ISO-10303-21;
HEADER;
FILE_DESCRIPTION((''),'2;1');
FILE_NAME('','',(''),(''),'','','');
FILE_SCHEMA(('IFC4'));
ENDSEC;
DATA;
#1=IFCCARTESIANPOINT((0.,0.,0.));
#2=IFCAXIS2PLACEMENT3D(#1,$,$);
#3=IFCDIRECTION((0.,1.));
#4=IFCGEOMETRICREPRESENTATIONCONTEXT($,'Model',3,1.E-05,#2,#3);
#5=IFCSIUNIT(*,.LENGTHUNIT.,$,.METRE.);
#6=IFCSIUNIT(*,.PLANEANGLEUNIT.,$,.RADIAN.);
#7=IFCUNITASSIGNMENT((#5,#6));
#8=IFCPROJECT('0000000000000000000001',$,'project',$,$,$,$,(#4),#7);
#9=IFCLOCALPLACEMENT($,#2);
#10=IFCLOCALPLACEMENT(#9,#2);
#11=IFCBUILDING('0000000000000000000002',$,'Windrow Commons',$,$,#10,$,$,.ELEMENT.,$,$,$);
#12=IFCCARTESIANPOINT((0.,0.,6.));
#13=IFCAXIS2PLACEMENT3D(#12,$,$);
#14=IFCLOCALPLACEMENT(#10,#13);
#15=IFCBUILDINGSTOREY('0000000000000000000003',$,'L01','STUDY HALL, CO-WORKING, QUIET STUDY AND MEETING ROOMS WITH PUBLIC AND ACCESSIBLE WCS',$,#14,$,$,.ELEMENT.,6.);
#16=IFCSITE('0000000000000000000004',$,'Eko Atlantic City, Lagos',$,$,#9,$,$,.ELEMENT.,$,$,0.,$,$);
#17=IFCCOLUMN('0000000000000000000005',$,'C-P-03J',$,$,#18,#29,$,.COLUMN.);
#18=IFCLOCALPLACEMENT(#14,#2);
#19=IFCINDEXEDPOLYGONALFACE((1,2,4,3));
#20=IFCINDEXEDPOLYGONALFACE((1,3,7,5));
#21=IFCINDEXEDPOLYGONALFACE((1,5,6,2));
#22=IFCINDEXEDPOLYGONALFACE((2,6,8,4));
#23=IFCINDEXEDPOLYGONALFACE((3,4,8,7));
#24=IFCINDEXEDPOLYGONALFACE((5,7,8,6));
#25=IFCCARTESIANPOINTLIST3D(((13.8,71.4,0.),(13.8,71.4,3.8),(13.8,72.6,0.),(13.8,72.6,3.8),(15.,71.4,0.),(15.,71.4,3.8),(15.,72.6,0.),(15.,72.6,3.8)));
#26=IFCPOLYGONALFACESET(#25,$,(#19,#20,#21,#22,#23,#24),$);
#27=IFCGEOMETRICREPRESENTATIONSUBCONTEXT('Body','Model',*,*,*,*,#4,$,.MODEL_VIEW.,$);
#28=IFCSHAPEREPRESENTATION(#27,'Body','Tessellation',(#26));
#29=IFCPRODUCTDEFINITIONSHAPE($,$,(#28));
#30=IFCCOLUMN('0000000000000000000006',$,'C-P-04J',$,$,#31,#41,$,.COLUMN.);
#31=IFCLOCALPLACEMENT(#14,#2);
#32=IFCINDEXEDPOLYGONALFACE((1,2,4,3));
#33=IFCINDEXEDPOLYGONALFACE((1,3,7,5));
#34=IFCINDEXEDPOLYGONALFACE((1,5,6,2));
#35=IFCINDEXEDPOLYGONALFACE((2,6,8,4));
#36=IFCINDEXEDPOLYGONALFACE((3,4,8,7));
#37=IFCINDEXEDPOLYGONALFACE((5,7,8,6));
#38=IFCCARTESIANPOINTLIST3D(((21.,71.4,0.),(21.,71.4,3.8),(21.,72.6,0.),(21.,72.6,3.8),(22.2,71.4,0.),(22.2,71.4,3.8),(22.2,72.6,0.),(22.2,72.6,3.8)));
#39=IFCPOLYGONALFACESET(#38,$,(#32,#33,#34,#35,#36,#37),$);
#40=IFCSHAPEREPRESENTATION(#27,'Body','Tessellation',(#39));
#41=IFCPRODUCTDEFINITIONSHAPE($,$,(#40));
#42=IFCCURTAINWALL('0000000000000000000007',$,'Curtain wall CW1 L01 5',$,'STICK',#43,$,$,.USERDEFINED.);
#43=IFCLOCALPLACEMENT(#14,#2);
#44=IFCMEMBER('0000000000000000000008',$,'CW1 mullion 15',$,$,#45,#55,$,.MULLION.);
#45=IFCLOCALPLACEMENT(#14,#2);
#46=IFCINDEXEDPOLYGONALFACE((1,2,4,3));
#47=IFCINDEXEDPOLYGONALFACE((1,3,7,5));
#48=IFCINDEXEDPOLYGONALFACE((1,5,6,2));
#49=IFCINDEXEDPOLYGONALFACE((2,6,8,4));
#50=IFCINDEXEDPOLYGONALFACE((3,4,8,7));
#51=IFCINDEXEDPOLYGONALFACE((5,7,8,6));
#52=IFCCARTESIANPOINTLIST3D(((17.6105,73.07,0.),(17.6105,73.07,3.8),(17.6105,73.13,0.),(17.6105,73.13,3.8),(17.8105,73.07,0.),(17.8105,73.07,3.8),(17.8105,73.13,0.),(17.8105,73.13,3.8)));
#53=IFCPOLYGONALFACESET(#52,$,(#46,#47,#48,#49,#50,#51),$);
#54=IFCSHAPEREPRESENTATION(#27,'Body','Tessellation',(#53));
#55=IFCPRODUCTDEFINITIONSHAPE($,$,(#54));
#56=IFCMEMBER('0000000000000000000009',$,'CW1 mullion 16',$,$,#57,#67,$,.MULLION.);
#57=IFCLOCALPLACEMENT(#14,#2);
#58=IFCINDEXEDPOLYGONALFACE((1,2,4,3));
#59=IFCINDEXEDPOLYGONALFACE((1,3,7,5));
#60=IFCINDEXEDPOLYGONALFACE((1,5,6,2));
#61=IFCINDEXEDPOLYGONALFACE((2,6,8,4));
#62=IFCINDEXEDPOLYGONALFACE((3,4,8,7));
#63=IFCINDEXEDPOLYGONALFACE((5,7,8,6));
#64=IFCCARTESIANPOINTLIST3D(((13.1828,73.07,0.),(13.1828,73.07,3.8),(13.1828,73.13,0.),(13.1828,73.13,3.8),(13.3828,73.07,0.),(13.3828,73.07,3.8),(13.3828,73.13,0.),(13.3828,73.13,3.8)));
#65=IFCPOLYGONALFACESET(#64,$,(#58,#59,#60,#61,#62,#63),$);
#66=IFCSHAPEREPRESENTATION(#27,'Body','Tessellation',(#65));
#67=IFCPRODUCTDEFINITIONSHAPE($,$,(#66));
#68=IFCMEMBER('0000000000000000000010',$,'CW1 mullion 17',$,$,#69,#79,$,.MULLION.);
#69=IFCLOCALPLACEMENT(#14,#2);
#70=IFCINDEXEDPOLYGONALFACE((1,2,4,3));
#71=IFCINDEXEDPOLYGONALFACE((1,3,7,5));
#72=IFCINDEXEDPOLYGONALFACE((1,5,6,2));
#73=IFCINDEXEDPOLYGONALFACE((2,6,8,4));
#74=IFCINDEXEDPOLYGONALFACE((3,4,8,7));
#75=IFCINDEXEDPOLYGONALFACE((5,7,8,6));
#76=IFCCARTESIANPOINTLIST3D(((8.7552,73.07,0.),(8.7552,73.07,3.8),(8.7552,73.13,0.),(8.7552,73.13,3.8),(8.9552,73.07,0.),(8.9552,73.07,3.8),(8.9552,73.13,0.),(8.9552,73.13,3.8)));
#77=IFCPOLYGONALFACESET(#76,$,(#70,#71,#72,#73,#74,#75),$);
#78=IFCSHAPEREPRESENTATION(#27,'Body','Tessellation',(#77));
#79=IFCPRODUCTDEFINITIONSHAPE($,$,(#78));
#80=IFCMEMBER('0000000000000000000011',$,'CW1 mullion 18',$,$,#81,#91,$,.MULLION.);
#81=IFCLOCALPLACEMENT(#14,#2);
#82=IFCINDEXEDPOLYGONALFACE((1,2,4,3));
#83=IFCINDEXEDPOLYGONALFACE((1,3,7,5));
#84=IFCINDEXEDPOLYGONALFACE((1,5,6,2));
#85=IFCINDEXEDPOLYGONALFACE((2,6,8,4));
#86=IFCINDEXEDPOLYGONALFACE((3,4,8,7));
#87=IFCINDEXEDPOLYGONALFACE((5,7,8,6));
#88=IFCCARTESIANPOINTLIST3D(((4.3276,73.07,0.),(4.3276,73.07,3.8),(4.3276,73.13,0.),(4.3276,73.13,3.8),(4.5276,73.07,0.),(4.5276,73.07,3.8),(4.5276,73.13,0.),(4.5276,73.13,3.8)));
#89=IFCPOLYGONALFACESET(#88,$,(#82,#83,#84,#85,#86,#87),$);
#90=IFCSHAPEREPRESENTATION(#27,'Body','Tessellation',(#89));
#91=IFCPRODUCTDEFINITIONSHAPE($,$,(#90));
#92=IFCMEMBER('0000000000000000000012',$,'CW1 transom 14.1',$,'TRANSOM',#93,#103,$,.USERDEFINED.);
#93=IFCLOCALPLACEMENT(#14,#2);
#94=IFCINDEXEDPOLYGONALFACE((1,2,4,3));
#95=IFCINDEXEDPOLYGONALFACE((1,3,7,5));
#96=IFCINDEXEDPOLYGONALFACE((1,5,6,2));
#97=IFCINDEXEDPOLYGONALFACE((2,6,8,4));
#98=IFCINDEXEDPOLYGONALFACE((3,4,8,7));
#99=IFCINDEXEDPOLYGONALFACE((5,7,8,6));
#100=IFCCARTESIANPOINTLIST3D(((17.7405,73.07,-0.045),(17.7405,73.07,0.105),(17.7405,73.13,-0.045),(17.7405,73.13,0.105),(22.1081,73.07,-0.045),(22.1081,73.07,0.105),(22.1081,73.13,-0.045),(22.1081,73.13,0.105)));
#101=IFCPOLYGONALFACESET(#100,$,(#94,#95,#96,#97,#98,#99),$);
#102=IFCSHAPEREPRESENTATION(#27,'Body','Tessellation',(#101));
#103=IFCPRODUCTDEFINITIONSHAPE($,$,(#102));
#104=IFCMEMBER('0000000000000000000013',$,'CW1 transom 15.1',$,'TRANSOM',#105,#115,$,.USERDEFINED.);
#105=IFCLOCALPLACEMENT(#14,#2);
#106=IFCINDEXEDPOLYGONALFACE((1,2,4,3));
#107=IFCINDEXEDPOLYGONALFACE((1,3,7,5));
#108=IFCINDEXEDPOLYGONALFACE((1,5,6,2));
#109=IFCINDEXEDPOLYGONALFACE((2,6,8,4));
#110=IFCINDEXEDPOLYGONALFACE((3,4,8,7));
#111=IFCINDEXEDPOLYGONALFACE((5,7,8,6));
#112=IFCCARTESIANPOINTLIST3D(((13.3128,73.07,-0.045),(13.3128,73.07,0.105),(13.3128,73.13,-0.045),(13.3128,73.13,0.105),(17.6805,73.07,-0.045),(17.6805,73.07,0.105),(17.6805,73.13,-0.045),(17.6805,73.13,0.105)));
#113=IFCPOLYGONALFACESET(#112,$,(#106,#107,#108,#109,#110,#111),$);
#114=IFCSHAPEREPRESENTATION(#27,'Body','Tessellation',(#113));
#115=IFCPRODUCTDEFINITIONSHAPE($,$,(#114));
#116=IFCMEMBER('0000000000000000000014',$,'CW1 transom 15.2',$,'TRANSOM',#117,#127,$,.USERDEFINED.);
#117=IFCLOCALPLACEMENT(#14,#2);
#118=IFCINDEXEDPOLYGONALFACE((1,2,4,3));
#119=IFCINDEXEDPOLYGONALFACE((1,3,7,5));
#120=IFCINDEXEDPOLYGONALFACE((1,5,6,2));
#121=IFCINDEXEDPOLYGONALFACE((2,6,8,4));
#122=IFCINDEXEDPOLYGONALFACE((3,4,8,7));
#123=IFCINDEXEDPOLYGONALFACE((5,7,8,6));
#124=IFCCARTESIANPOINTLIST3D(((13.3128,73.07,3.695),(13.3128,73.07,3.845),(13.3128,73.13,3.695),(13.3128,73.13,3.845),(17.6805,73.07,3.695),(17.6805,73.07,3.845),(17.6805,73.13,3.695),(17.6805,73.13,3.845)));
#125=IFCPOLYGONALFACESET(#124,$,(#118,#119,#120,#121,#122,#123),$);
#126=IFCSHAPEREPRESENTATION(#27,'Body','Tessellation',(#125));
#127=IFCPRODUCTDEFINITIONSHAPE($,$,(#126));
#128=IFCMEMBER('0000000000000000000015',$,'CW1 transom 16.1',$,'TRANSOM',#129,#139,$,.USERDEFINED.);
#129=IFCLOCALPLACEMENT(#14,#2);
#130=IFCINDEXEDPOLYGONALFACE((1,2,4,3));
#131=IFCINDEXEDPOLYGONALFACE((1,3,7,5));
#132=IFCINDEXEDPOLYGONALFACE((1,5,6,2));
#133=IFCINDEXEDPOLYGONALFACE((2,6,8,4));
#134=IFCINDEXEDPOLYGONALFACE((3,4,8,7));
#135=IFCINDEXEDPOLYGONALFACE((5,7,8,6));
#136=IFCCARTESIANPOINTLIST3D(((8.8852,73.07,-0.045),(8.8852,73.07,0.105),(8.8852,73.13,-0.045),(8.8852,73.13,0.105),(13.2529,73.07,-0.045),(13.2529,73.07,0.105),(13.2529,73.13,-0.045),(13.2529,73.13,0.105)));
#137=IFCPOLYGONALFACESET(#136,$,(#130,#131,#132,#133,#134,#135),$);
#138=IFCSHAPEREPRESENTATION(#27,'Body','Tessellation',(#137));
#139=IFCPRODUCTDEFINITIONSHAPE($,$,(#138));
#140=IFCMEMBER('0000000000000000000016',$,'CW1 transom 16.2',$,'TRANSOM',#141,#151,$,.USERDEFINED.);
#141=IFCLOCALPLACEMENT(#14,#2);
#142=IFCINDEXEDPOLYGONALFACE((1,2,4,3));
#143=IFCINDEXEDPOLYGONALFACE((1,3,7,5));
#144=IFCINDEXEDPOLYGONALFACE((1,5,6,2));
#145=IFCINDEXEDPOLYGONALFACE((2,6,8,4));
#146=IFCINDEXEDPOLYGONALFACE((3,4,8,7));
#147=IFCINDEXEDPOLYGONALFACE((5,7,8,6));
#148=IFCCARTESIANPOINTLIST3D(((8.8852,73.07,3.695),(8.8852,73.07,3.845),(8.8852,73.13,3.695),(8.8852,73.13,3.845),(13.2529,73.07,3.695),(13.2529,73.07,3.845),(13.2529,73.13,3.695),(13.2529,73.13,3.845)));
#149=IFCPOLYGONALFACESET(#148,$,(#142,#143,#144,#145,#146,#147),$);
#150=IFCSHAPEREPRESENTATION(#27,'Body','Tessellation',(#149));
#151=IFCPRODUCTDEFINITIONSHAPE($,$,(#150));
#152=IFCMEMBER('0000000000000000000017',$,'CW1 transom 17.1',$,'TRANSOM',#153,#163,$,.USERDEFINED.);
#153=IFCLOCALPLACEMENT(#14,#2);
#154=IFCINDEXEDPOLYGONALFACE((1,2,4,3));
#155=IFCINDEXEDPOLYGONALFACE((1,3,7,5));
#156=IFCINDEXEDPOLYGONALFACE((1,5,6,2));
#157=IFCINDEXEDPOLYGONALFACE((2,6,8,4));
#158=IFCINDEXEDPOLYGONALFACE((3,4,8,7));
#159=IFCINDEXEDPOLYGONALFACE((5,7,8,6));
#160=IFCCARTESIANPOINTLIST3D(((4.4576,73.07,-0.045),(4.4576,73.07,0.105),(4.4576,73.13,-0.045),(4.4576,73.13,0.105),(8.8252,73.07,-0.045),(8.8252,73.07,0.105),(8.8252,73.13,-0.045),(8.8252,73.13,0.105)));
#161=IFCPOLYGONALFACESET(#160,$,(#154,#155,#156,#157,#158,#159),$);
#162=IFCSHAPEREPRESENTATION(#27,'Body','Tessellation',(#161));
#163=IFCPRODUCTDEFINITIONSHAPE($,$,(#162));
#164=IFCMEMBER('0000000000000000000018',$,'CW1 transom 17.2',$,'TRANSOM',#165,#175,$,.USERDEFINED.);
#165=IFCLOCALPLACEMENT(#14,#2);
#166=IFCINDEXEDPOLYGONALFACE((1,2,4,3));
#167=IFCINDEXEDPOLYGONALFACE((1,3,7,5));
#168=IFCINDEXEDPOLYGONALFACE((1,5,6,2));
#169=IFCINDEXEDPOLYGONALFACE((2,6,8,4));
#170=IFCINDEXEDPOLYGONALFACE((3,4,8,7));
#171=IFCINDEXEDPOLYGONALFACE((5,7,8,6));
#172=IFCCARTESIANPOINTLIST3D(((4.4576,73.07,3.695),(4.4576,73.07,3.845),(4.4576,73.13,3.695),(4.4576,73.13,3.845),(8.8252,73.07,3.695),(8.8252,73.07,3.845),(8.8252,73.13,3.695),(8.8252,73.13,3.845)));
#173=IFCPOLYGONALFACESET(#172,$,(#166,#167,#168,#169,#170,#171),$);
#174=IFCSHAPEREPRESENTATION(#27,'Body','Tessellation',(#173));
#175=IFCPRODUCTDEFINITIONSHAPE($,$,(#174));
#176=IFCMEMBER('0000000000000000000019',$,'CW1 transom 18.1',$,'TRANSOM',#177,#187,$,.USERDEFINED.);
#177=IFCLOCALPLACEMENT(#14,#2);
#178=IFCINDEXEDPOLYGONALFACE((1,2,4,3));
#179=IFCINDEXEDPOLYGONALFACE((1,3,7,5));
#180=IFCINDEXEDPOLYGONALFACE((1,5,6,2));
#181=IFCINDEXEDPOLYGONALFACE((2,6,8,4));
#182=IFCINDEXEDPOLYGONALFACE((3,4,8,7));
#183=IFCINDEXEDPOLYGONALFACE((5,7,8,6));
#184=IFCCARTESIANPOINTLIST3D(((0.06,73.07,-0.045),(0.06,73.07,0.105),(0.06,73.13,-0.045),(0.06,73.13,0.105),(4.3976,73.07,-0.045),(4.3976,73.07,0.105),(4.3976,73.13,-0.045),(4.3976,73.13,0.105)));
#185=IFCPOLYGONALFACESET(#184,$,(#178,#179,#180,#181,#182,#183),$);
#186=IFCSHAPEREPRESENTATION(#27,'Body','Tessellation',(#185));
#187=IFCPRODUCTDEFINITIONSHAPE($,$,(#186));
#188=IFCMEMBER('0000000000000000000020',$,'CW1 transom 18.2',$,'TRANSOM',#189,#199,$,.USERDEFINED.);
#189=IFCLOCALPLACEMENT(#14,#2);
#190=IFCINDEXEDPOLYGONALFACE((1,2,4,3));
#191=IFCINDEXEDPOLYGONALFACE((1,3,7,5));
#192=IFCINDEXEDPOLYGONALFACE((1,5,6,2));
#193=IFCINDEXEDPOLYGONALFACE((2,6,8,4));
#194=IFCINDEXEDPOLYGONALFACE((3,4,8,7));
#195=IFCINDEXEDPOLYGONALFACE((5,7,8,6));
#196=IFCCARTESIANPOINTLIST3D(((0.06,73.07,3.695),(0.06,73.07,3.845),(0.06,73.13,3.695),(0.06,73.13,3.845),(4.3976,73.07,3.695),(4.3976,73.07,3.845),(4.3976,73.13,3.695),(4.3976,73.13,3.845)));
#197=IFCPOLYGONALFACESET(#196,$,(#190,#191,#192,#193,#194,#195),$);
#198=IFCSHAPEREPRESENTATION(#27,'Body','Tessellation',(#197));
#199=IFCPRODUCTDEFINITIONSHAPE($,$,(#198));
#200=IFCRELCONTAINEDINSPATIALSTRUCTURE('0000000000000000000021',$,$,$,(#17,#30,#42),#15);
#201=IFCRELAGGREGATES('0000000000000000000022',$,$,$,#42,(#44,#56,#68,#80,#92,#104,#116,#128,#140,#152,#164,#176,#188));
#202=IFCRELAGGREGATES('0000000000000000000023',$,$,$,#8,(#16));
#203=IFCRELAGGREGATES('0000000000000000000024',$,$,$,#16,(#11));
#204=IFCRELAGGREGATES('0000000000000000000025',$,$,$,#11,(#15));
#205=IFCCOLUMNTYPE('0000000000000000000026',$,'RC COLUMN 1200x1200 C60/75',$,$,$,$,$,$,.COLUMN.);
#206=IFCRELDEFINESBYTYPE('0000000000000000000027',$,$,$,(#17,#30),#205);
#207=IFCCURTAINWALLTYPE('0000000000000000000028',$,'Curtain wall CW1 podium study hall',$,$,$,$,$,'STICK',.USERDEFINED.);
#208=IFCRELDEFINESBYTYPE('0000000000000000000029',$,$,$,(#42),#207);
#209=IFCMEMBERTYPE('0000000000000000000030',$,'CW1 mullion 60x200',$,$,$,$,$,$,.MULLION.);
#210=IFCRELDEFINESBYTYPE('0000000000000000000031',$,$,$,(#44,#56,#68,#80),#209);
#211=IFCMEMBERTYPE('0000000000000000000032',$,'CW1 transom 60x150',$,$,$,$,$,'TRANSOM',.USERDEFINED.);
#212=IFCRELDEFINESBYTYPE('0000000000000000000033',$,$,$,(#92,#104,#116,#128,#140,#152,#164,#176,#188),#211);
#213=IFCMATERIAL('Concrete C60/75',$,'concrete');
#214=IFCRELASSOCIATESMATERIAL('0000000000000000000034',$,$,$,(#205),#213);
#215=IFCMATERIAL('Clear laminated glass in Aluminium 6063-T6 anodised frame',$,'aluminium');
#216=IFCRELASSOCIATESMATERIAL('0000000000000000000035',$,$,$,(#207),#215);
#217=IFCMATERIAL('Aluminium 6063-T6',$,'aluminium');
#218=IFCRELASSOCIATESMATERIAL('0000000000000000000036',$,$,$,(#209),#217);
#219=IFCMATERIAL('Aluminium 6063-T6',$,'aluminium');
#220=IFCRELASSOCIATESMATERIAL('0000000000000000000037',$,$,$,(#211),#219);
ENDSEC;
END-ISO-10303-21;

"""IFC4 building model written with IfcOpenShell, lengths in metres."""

from ifc_helpers import new_model, si_unit, direction, frame, origin, origin_2d, place, context, subcontext, project, spatial, rectangle, extrude, material, material_profile, profile_set, type_object, element, aggregate, save


model = new_model("IFC4")

# Units and contexts
model_context = context("Model", 3, precision=1e-05, world=origin(), true_north=direction((0.0, 1.0)))
body_context = subcontext(model_context, "Body", "Model", "MODEL_VIEW")
ifc_project = project(units=[si_unit("LENGTHUNIT", "METRE"), si_unit("PLANEANGLEUNIT", "RADIAN")], contexts=[model_context])

# Site, building, storey
site_placement = place(None, origin())
site = spatial("IfcSite", under=ifc_project, at=site_placement, Name="Eko Atlantic City, Lagos", CompositionType="ELEMENT", RefElevation=0.0)
building_placement = place(site_placement, origin())
building = spatial("IfcBuilding", under=site, at=building_placement, Name="Windrow Commons", CompositionType="ELEMENT")
storey_placement = place(building_placement, frame((0.0, 0.0, 6.0)))
storey = spatial("IfcBuildingStorey", under=building, at=storey_placement, Name="L01", Description="STUDY HALL, CO-WORKING, QUIET STUDY AND MEETING ROOMS WITH PUBLIC AND ACCESSIBLE WCS", CompositionType="ELEMENT", Elevation=6.0)

# Columns
ifc_material_1 = material(Name="Concrete C60/75", Category="concrete")
ifc_material_profile_1 = material_profile(ifc_material_1, rectangle(XDim=1.2, YDim=1.2, at=origin_2d()))
ifc_profile_set_1 = profile_set([ifc_material_profile_1], Name="Concrete C60/75")
column_type = type_object("IfcColumnType", Name="RC COLUMN 1200x1200 C60/75", PredefinedType="COLUMN", material=ifc_profile_set_1)
for number, where, z_axis, x_axis, name in (
    (1, (14.4, 72.0, 0.0), (0.0, 0.0, 1.0), (1.0, 0.0, 0.0), "C-P-03J"),
    (2, (21.6, 72.0, 0.0), (0.0, 0.0, 1.0), (1.0, 0.0, 0.0), "C-P-04J"),
):
    element("IfcColumn", number, at=place(storey_placement, frame(where, z_axis=z_axis, x_axis=x_axis)), inside=storey, type_object=column_type, Name=name, PredefinedType="COLUMN", context=body_context, shape_type="SweptSolid", body=[
        extrude(rectangle(XDim=1.2, YDim=1.2, at=origin_2d()), origin(), (0.0, 0.0, 1.0), 3.8),
    ])

# Curtain wall, members
ifc_material_2 = material(Name="Clear laminated glass in Aluminium 6063-T6 anodised frame", Category="aluminium")
curtain_wall_type = type_object("IfcCurtainWallType", Name="Curtain wall CW1 podium study hall", ElementType="STICK", PredefinedType="USERDEFINED", material=ifc_material_2)
curtain_wall_placement = place(storey_placement, origin())
curtain_wall = element("IfcCurtainWall", 3, at=curtain_wall_placement, inside=storey, type_object=curtain_wall_type, Name="Curtain wall CW1 L01 5", ObjectType="STICK", PredefinedType="USERDEFINED")
ifc_material_3 = material(Name="Aluminium 6063-T6", Category="aluminium")
ifc_material_profile_2 = material_profile(ifc_material_3, rectangle(XDim=0.06, YDim=0.2, at=origin_2d()))
ifc_profile_set_2 = profile_set([ifc_material_profile_2], Name="Aluminium 6063-T6")
member_type_1 = type_object("IfcMemberType", Name="CW1 mullion 60x200", PredefinedType="MULLION", material=ifc_profile_set_2)
member_1_placement = place(storey_placement, frame((17.7105, 73.1, 0.0), z_axis=(0.0, 0.0, 1.0), x_axis=(0.0, -1.0, 0.0)))
member_1 = element("IfcMember", 4, at=member_1_placement, type_object=member_type_1, Name="CW1 mullion 15", PredefinedType="MULLION", context=body_context, shape_type="SweptSolid", body=[
    extrude(rectangle(XDim=0.06, YDim=0.2, at=origin_2d()), origin(), (0.0, 0.0, 1.0), 3.8),
])
member_2_placement = place(storey_placement, frame((13.2828, 73.1, 0.0), z_axis=(0.0, 0.0, 1.0), x_axis=(0.0, -1.0, 0.0)))
member_2 = element("IfcMember", 5, at=member_2_placement, type_object=member_type_1, Name="CW1 mullion 16", PredefinedType="MULLION", context=body_context, shape_type="SweptSolid", body=[
    extrude(rectangle(XDim=0.06, YDim=0.2, at=origin_2d()), origin(), (0.0, 0.0, 1.0), 3.8),
])
member_3_placement = place(storey_placement, frame((8.8552, 73.1, 0.0), z_axis=(0.0, 0.0, 1.0), x_axis=(0.0, -1.0, 0.0)))
member_3 = element("IfcMember", 6, at=member_3_placement, type_object=member_type_1, Name="CW1 mullion 17", PredefinedType="MULLION", context=body_context, shape_type="SweptSolid", body=[
    extrude(rectangle(XDim=0.06, YDim=0.2, at=origin_2d()), origin(), (0.0, 0.0, 1.0), 3.8),
])
member_4_placement = place(storey_placement, frame((4.4276, 73.1, 0.0), z_axis=(0.0, 0.0, 1.0), x_axis=(0.0, -1.0, 0.0)))
member_4 = element("IfcMember", 7, at=member_4_placement, type_object=member_type_1, Name="CW1 mullion 18", PredefinedType="MULLION", context=body_context, shape_type="SweptSolid", body=[
    extrude(rectangle(XDim=0.06, YDim=0.2, at=origin_2d()), origin(), (0.0, 0.0, 1.0), 3.8),
])
ifc_material_4 = material(Name="Aluminium 6063-T6", Category="aluminium")
ifc_material_profile_3 = material_profile(ifc_material_4, rectangle(XDim=0.06, YDim=0.15, at=origin_2d()))
ifc_profile_set_3 = profile_set([ifc_material_profile_3], Name="Aluminium 6063-T6")
member_type_2 = type_object("IfcMemberType", Name="CW1 transom 60x150", ElementType="TRANSOM", PredefinedType="USERDEFINED", material=ifc_profile_set_3)
member_5_placement = place(storey_placement, frame((22.1081, 73.1, 0.03), z_axis=(-1.0, 0.0, 0.0), x_axis=(0.0, -1.0, 0.0)))
member_5 = element("IfcMember", 8, at=member_5_placement, type_object=member_type_2, Name="CW1 transom 14.1", ObjectType="TRANSOM", PredefinedType="USERDEFINED", context=body_context, shape_type="SweptSolid", body=[
    extrude(rectangle(XDim=0.06, YDim=0.15, at=origin_2d()), origin(), (0.0, 0.0, 1.0), 4.3676),
])
member_6_placement = place(storey_placement, frame((17.6805, 73.1, 0.03), z_axis=(-1.0, 0.0, 0.0), x_axis=(0.0, -1.0, 0.0)))
member_6 = element("IfcMember", 9, at=member_6_placement, type_object=member_type_2, Name="CW1 transom 15.1", ObjectType="TRANSOM", PredefinedType="USERDEFINED", context=body_context, shape_type="SweptSolid", body=[
    extrude(rectangle(XDim=0.06, YDim=0.15, at=origin_2d()), origin(), (0.0, 0.0, 1.0), 4.3677),
])
member_7_placement = place(storey_placement, frame((17.6805, 73.1, 3.77), z_axis=(-1.0, 0.0, 0.0), x_axis=(0.0, -1.0, 0.0)))
member_7 = element("IfcMember", 10, at=member_7_placement, type_object=member_type_2, Name="CW1 transom 15.2", ObjectType="TRANSOM", PredefinedType="USERDEFINED", context=body_context, shape_type="SweptSolid", body=[
    extrude(rectangle(XDim=0.06, YDim=0.15, at=origin_2d()), origin(), (0.0, 0.0, 1.0), 4.3677),
])
member_8_placement = place(storey_placement, frame((13.2529, 73.1, 0.03), z_axis=(-1.0, 0.0, 0.0), x_axis=(0.0, -1.0, 0.0)))
member_8 = element("IfcMember", 11, at=member_8_placement, type_object=member_type_2, Name="CW1 transom 16.1", ObjectType="TRANSOM", PredefinedType="USERDEFINED", context=body_context, shape_type="SweptSolid", body=[
    extrude(rectangle(XDim=0.06, YDim=0.15, at=origin_2d()), origin(), (0.0, 0.0, 1.0), 4.3677),
])
member_9_placement = place(storey_placement, frame((13.2529, 73.1, 3.77), z_axis=(-1.0, 0.0, 0.0), x_axis=(0.0, -1.0, 0.0)))
member_9 = element("IfcMember", 12, at=member_9_placement, type_object=member_type_2, Name="CW1 transom 16.2", ObjectType="TRANSOM", PredefinedType="USERDEFINED", context=body_context, shape_type="SweptSolid", body=[
    extrude(rectangle(XDim=0.06, YDim=0.15, at=origin_2d()), origin(), (0.0, 0.0, 1.0), 4.3677),
])
member_10_placement = place(storey_placement, frame((8.8252, 73.1, 0.03), z_axis=(-1.0, 0.0, 0.0), x_axis=(0.0, -1.0, 0.0)))
member_10 = element("IfcMember", 13, at=member_10_placement, type_object=member_type_2, Name="CW1 transom 17.1", ObjectType="TRANSOM", PredefinedType="USERDEFINED", context=body_context, shape_type="SweptSolid", body=[
    extrude(rectangle(XDim=0.06, YDim=0.15, at=origin_2d()), origin(), (0.0, 0.0, 1.0), 4.3676),
])
member_11_placement = place(storey_placement, frame((8.8252, 73.1, 3.77), z_axis=(-1.0, 0.0, 0.0), x_axis=(0.0, -1.0, 0.0)))
member_11 = element("IfcMember", 14, at=member_11_placement, type_object=member_type_2, Name="CW1 transom 17.2", ObjectType="TRANSOM", PredefinedType="USERDEFINED", context=body_context, shape_type="SweptSolid", body=[
    extrude(rectangle(XDim=0.06, YDim=0.15, at=origin_2d()), origin(), (0.0, 0.0, 1.0), 4.3676),
])
member_12_placement = place(storey_placement, frame((4.3976, 73.1, 0.03), z_axis=(-1.0, 0.0, 0.0), x_axis=(0.0, -1.0, 0.0)))
member_12 = element("IfcMember", 15, at=member_12_placement, type_object=member_type_2, Name="CW1 transom 18.1", ObjectType="TRANSOM", PredefinedType="USERDEFINED", context=body_context, shape_type="SweptSolid", body=[
    extrude(rectangle(XDim=0.06, YDim=0.15, at=origin_2d()), origin(), (0.0, 0.0, 1.0), 4.3376),
])
member_13_placement = place(storey_placement, frame((4.3976, 73.1, 3.77), z_axis=(-1.0, 0.0, 0.0), x_axis=(0.0, -1.0, 0.0)))
member_13 = element("IfcMember", 16, at=member_13_placement, type_object=member_type_2, Name="CW1 transom 18.2", ObjectType="TRANSOM", PredefinedType="USERDEFINED", context=body_context, shape_type="SweptSolid", body=[
    extrude(rectangle(XDim=0.06, YDim=0.15, at=origin_2d()), origin(), (0.0, 0.0, 1.0), 4.3376),
])

aggregate(curtain_wall, [member_1, member_2, member_3, member_4, member_5, member_6, member_7, member_8, member_9, member_10, member_11, member_12, member_13])

save(model, "model.ifc")
